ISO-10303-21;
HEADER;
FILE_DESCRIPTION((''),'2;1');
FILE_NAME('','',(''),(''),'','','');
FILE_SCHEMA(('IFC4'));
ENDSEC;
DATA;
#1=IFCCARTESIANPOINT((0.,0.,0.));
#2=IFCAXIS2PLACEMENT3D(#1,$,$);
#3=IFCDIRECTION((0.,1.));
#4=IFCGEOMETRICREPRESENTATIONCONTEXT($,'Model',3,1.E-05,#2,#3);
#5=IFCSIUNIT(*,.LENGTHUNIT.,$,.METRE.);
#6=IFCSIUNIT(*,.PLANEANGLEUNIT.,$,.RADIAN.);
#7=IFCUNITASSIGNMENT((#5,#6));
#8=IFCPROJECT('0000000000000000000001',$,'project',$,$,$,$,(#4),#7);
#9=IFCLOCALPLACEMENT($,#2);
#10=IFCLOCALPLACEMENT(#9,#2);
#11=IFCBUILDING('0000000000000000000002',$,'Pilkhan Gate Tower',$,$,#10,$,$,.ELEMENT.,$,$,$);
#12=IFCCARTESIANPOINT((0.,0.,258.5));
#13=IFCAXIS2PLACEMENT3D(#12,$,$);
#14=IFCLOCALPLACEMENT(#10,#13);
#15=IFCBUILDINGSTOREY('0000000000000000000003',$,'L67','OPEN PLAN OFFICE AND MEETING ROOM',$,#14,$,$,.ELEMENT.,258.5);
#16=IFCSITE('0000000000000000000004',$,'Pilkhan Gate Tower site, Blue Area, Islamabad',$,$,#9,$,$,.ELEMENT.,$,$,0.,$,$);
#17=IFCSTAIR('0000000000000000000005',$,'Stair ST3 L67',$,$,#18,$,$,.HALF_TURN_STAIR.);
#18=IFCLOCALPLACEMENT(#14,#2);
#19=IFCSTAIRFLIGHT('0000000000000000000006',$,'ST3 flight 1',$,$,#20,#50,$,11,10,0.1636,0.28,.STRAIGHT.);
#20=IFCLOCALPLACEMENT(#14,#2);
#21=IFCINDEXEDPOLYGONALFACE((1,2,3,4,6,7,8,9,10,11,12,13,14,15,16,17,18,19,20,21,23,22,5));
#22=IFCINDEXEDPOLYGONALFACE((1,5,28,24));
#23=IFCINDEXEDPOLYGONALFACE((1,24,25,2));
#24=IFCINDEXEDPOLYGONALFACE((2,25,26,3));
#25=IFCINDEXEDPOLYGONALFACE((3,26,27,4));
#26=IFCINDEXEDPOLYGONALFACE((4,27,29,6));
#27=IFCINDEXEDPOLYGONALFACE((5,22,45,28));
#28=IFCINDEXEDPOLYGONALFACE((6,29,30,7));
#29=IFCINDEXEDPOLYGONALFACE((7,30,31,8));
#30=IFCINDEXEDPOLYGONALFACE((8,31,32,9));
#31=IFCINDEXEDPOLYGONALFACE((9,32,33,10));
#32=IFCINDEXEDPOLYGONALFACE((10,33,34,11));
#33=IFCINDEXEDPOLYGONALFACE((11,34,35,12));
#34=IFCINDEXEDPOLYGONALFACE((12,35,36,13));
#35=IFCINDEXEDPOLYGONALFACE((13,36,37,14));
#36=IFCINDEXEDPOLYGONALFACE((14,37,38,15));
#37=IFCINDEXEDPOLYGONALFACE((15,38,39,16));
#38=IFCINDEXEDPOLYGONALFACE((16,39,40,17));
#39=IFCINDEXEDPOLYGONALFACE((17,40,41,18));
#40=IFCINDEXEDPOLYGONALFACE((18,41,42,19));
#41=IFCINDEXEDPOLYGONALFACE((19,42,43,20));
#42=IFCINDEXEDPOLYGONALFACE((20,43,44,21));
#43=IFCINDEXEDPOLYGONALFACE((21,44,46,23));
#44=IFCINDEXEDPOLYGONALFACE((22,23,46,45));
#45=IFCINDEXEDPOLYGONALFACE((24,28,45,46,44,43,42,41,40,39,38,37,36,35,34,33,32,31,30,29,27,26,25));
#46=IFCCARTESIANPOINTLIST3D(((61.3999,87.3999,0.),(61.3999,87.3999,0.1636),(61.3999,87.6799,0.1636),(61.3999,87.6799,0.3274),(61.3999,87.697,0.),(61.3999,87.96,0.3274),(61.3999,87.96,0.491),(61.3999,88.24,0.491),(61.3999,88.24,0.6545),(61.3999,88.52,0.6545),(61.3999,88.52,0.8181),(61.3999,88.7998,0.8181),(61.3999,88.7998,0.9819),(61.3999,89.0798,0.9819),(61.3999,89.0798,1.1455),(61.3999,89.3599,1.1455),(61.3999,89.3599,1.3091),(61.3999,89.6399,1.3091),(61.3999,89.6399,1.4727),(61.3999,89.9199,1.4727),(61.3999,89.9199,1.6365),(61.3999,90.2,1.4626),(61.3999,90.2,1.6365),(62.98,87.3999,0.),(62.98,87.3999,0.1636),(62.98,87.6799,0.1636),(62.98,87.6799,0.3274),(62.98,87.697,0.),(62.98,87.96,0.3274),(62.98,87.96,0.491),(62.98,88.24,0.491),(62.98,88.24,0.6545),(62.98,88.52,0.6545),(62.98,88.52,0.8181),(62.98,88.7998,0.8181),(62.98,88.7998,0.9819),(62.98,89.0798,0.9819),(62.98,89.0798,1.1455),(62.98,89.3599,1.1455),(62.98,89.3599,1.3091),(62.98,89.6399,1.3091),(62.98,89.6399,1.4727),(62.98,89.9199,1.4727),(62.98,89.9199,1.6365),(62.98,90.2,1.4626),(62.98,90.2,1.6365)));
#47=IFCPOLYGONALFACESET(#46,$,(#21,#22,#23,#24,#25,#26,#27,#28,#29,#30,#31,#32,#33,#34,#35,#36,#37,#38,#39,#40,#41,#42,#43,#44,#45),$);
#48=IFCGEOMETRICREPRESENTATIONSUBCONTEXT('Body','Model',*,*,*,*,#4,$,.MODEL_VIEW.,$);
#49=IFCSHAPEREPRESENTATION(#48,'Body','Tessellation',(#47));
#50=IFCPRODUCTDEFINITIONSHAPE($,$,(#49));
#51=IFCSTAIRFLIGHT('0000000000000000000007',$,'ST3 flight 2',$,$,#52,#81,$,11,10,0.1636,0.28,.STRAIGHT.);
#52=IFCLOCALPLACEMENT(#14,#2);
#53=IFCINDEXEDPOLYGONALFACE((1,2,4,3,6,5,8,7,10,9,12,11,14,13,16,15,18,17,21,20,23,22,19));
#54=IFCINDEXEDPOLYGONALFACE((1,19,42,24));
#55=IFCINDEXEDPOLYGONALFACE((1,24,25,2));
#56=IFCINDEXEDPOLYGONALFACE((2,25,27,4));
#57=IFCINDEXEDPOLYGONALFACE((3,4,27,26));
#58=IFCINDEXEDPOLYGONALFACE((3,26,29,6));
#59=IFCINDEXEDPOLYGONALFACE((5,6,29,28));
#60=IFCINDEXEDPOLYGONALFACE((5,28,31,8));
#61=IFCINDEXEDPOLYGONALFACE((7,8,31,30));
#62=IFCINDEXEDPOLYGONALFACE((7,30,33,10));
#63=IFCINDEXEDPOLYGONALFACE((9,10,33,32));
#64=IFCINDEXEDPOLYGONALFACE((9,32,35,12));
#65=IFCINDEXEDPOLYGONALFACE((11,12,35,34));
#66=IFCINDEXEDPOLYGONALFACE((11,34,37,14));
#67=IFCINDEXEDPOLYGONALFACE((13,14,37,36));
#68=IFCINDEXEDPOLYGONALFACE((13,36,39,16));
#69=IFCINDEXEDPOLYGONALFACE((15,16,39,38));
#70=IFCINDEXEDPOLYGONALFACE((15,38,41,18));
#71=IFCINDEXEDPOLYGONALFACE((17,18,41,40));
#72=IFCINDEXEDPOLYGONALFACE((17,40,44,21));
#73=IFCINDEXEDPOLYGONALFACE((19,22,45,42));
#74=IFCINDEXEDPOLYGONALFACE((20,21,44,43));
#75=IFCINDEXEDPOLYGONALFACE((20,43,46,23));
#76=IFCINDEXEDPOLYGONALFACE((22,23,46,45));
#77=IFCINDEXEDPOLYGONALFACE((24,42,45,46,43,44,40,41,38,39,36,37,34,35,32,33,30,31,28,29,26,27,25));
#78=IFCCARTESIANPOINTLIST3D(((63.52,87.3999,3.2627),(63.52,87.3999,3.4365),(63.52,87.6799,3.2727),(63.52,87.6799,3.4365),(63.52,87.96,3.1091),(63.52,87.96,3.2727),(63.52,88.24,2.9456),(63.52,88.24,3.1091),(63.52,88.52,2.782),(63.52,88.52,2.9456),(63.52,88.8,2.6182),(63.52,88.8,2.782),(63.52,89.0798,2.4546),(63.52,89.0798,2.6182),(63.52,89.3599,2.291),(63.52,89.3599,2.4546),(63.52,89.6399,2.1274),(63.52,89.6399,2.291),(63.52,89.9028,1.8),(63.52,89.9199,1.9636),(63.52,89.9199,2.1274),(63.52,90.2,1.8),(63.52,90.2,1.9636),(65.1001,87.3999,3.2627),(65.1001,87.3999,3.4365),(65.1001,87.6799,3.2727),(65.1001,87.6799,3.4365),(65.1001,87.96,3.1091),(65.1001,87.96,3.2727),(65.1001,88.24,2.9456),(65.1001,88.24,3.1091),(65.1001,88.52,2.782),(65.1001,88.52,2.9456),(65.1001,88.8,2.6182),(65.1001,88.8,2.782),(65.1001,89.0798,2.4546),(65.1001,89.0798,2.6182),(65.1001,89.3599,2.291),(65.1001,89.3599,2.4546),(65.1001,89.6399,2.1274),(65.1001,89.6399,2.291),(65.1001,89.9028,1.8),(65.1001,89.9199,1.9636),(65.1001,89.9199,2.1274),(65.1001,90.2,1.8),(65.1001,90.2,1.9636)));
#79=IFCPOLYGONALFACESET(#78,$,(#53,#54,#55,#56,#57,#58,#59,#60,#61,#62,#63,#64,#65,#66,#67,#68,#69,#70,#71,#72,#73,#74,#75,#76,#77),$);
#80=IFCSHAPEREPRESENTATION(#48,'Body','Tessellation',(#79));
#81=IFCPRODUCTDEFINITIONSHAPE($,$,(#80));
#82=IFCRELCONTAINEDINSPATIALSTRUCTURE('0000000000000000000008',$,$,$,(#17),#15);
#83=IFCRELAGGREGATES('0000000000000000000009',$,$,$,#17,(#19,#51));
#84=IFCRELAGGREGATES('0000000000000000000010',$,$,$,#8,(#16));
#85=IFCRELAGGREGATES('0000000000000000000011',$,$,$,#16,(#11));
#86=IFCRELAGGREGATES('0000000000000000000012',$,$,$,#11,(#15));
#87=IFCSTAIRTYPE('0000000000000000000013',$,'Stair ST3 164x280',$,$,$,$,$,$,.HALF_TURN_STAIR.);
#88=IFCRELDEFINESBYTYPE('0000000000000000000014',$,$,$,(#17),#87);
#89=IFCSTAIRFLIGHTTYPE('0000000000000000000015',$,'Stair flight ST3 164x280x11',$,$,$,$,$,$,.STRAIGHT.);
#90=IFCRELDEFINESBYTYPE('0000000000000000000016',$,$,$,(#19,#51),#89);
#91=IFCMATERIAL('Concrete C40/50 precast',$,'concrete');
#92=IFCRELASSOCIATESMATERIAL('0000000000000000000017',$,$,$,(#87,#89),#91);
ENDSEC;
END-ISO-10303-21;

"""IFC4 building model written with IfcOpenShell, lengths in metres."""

from ifc_helpers import new_model, si_unit, direction, frame, origin, place, context, subcontext, project, spatial, polyline, outline, extrude, material, type_object, element, aggregate, save


model = new_model("IFC4")

# Units and contexts
model_context = context("Model", 3, precision=1e-05, world=origin(), true_north=direction((0.0, 1.0)))
body_context = subcontext(model_context, "Body", "Model", "MODEL_VIEW")
ifc_project = project(units=[si_unit("LENGTHUNIT", "METRE"), si_unit("PLANEANGLEUNIT", "RADIAN")], contexts=[model_context])

# Site, building, storey
site_placement = place(None, origin())
site = spatial("IfcSite", under=ifc_project, at=site_placement, Name="Pilkhan Gate Tower site, Blue Area, Islamabad", CompositionType="ELEMENT", RefElevation=0.0)
building_placement = place(site_placement, origin())
building = spatial("IfcBuilding", under=site, at=building_placement, Name="Pilkhan Gate Tower", CompositionType="ELEMENT")
storey_placement = place(building_placement, frame((0.0, 0.0, 258.5)))
storey = spatial("IfcBuildingStorey", under=building, at=storey_placement, Name="L67", Description="OPEN PLAN OFFICE AND MEETING ROOM", CompositionType="ELEMENT", Elevation=258.5)

# Stair, stair flights
ifc_material_1 = material(Name="Concrete C40/50 precast", Category="concrete")
stair_type = type_object("IfcStairType", Name="Stair ST3 164x280", PredefinedType="HALF_TURN_STAIR", material=ifc_material_1)
stair_placement = place(storey_placement, origin())
stair = element("IfcStair", 1, at=stair_placement, inside=storey, type_object=stair_type, Name="Stair ST3 L67", PredefinedType="HALF_TURN_STAIR")
stair_flight_type = type_object("IfcStairFlightType", Name="Stair flight ST3 164x280x11", PredefinedType="STRAIGHT", material=ifc_material_1)
stair_flight_1_placement = place(storey_placement, frame((62.1899, 87.3999, 0.0), z_axis=(0.0, 0.0, 1.0), x_axis=(0.0, 1.0, 0.0)))
stair_flight_1 = element("IfcStairFlight", 2, at=stair_flight_1_placement, type_object=stair_flight_type, Name="ST3 flight 1", NumberOfRisers=11, NumberOfTreads=10, PredefinedType="STRAIGHT", RiserHeight=0.1636, TreadLength=0.28, context=body_context, shape_type="SweptSolid", body=[
    extrude(outline(polyline([(0.0, 0.0), (0.0, 0.1636), (0.28, 0.1636), (0.28, 0.3274), (0.5601, 0.3274), (0.5601, 0.491), (0.8401, 0.491), (0.8401, 0.6545), (1.1201, 0.6545), (1.1201, 0.8181), (1.3999, 0.8181), (1.3999, 0.9819), (1.6799, 0.9819), (1.6799, 1.1455), (1.96, 1.1455), (1.96, 1.3091), (2.24, 1.3091), (2.24, 1.4727), (2.52, 1.4727), (2.52, 1.6365), (2.8, 1.6365), (2.8, 1.8), (2.8, 1.4626), (0.2971, 0.0), (0.0, 0.0)])), frame((0.0, 0.79, 0.0), z_axis=(0.0, -1.0, 0.0), x_axis=(1.0, 0.0, 0.0)), (0.0, 0.0, 1.0), 1.5801),
])
stair_flight_2_placement = place(storey_placement, frame((64.3101, 90.2, 1.8), z_axis=(0.0, 0.0, 1.0), x_axis=(0.0, -1.0, 0.0)))
stair_flight_2 = element("IfcStairFlight", 3, at=stair_flight_2_placement, type_object=stair_flight_type, Name="ST3 flight 2", NumberOfRisers=11, NumberOfTreads=10, PredefinedType="STRAIGHT", RiserHeight=0.1636, TreadLength=0.28, context=body_context, shape_type="SweptSolid", body=[
    extrude(outline(polyline([(0.0, 0.0), (0.0, 0.1636), (0.28, 0.1636), (0.28, 0.3274), (0.5601, 0.3274), (0.5601, 0.491), (0.8401, 0.491), (0.8401, 0.6545), (1.1201, 0.6545), (1.1201, 0.8181), (1.3999, 0.8181), (1.3999, 0.9819), (1.6799, 0.9819), (1.6799, 1.1455), (1.96, 1.1455), (1.96, 1.3091), (2.24, 1.3091), (2.24, 1.4727), (2.52, 1.4727), (2.52, 1.6365), (2.8, 1.6365), (2.8, 1.8), (2.8, 1.4626), (0.2971, 0.0), (0.0, 0.0)])), frame((0.0, 0.79, 0.0), z_axis=(0.0, -1.0, 0.0), x_axis=(1.0, 0.0, 0.0)), (0.0, 0.0, 1.0), 1.5801),
])
aggregate(stair, [stair_flight_1, stair_flight_2])

save(model, "model.ifc")
